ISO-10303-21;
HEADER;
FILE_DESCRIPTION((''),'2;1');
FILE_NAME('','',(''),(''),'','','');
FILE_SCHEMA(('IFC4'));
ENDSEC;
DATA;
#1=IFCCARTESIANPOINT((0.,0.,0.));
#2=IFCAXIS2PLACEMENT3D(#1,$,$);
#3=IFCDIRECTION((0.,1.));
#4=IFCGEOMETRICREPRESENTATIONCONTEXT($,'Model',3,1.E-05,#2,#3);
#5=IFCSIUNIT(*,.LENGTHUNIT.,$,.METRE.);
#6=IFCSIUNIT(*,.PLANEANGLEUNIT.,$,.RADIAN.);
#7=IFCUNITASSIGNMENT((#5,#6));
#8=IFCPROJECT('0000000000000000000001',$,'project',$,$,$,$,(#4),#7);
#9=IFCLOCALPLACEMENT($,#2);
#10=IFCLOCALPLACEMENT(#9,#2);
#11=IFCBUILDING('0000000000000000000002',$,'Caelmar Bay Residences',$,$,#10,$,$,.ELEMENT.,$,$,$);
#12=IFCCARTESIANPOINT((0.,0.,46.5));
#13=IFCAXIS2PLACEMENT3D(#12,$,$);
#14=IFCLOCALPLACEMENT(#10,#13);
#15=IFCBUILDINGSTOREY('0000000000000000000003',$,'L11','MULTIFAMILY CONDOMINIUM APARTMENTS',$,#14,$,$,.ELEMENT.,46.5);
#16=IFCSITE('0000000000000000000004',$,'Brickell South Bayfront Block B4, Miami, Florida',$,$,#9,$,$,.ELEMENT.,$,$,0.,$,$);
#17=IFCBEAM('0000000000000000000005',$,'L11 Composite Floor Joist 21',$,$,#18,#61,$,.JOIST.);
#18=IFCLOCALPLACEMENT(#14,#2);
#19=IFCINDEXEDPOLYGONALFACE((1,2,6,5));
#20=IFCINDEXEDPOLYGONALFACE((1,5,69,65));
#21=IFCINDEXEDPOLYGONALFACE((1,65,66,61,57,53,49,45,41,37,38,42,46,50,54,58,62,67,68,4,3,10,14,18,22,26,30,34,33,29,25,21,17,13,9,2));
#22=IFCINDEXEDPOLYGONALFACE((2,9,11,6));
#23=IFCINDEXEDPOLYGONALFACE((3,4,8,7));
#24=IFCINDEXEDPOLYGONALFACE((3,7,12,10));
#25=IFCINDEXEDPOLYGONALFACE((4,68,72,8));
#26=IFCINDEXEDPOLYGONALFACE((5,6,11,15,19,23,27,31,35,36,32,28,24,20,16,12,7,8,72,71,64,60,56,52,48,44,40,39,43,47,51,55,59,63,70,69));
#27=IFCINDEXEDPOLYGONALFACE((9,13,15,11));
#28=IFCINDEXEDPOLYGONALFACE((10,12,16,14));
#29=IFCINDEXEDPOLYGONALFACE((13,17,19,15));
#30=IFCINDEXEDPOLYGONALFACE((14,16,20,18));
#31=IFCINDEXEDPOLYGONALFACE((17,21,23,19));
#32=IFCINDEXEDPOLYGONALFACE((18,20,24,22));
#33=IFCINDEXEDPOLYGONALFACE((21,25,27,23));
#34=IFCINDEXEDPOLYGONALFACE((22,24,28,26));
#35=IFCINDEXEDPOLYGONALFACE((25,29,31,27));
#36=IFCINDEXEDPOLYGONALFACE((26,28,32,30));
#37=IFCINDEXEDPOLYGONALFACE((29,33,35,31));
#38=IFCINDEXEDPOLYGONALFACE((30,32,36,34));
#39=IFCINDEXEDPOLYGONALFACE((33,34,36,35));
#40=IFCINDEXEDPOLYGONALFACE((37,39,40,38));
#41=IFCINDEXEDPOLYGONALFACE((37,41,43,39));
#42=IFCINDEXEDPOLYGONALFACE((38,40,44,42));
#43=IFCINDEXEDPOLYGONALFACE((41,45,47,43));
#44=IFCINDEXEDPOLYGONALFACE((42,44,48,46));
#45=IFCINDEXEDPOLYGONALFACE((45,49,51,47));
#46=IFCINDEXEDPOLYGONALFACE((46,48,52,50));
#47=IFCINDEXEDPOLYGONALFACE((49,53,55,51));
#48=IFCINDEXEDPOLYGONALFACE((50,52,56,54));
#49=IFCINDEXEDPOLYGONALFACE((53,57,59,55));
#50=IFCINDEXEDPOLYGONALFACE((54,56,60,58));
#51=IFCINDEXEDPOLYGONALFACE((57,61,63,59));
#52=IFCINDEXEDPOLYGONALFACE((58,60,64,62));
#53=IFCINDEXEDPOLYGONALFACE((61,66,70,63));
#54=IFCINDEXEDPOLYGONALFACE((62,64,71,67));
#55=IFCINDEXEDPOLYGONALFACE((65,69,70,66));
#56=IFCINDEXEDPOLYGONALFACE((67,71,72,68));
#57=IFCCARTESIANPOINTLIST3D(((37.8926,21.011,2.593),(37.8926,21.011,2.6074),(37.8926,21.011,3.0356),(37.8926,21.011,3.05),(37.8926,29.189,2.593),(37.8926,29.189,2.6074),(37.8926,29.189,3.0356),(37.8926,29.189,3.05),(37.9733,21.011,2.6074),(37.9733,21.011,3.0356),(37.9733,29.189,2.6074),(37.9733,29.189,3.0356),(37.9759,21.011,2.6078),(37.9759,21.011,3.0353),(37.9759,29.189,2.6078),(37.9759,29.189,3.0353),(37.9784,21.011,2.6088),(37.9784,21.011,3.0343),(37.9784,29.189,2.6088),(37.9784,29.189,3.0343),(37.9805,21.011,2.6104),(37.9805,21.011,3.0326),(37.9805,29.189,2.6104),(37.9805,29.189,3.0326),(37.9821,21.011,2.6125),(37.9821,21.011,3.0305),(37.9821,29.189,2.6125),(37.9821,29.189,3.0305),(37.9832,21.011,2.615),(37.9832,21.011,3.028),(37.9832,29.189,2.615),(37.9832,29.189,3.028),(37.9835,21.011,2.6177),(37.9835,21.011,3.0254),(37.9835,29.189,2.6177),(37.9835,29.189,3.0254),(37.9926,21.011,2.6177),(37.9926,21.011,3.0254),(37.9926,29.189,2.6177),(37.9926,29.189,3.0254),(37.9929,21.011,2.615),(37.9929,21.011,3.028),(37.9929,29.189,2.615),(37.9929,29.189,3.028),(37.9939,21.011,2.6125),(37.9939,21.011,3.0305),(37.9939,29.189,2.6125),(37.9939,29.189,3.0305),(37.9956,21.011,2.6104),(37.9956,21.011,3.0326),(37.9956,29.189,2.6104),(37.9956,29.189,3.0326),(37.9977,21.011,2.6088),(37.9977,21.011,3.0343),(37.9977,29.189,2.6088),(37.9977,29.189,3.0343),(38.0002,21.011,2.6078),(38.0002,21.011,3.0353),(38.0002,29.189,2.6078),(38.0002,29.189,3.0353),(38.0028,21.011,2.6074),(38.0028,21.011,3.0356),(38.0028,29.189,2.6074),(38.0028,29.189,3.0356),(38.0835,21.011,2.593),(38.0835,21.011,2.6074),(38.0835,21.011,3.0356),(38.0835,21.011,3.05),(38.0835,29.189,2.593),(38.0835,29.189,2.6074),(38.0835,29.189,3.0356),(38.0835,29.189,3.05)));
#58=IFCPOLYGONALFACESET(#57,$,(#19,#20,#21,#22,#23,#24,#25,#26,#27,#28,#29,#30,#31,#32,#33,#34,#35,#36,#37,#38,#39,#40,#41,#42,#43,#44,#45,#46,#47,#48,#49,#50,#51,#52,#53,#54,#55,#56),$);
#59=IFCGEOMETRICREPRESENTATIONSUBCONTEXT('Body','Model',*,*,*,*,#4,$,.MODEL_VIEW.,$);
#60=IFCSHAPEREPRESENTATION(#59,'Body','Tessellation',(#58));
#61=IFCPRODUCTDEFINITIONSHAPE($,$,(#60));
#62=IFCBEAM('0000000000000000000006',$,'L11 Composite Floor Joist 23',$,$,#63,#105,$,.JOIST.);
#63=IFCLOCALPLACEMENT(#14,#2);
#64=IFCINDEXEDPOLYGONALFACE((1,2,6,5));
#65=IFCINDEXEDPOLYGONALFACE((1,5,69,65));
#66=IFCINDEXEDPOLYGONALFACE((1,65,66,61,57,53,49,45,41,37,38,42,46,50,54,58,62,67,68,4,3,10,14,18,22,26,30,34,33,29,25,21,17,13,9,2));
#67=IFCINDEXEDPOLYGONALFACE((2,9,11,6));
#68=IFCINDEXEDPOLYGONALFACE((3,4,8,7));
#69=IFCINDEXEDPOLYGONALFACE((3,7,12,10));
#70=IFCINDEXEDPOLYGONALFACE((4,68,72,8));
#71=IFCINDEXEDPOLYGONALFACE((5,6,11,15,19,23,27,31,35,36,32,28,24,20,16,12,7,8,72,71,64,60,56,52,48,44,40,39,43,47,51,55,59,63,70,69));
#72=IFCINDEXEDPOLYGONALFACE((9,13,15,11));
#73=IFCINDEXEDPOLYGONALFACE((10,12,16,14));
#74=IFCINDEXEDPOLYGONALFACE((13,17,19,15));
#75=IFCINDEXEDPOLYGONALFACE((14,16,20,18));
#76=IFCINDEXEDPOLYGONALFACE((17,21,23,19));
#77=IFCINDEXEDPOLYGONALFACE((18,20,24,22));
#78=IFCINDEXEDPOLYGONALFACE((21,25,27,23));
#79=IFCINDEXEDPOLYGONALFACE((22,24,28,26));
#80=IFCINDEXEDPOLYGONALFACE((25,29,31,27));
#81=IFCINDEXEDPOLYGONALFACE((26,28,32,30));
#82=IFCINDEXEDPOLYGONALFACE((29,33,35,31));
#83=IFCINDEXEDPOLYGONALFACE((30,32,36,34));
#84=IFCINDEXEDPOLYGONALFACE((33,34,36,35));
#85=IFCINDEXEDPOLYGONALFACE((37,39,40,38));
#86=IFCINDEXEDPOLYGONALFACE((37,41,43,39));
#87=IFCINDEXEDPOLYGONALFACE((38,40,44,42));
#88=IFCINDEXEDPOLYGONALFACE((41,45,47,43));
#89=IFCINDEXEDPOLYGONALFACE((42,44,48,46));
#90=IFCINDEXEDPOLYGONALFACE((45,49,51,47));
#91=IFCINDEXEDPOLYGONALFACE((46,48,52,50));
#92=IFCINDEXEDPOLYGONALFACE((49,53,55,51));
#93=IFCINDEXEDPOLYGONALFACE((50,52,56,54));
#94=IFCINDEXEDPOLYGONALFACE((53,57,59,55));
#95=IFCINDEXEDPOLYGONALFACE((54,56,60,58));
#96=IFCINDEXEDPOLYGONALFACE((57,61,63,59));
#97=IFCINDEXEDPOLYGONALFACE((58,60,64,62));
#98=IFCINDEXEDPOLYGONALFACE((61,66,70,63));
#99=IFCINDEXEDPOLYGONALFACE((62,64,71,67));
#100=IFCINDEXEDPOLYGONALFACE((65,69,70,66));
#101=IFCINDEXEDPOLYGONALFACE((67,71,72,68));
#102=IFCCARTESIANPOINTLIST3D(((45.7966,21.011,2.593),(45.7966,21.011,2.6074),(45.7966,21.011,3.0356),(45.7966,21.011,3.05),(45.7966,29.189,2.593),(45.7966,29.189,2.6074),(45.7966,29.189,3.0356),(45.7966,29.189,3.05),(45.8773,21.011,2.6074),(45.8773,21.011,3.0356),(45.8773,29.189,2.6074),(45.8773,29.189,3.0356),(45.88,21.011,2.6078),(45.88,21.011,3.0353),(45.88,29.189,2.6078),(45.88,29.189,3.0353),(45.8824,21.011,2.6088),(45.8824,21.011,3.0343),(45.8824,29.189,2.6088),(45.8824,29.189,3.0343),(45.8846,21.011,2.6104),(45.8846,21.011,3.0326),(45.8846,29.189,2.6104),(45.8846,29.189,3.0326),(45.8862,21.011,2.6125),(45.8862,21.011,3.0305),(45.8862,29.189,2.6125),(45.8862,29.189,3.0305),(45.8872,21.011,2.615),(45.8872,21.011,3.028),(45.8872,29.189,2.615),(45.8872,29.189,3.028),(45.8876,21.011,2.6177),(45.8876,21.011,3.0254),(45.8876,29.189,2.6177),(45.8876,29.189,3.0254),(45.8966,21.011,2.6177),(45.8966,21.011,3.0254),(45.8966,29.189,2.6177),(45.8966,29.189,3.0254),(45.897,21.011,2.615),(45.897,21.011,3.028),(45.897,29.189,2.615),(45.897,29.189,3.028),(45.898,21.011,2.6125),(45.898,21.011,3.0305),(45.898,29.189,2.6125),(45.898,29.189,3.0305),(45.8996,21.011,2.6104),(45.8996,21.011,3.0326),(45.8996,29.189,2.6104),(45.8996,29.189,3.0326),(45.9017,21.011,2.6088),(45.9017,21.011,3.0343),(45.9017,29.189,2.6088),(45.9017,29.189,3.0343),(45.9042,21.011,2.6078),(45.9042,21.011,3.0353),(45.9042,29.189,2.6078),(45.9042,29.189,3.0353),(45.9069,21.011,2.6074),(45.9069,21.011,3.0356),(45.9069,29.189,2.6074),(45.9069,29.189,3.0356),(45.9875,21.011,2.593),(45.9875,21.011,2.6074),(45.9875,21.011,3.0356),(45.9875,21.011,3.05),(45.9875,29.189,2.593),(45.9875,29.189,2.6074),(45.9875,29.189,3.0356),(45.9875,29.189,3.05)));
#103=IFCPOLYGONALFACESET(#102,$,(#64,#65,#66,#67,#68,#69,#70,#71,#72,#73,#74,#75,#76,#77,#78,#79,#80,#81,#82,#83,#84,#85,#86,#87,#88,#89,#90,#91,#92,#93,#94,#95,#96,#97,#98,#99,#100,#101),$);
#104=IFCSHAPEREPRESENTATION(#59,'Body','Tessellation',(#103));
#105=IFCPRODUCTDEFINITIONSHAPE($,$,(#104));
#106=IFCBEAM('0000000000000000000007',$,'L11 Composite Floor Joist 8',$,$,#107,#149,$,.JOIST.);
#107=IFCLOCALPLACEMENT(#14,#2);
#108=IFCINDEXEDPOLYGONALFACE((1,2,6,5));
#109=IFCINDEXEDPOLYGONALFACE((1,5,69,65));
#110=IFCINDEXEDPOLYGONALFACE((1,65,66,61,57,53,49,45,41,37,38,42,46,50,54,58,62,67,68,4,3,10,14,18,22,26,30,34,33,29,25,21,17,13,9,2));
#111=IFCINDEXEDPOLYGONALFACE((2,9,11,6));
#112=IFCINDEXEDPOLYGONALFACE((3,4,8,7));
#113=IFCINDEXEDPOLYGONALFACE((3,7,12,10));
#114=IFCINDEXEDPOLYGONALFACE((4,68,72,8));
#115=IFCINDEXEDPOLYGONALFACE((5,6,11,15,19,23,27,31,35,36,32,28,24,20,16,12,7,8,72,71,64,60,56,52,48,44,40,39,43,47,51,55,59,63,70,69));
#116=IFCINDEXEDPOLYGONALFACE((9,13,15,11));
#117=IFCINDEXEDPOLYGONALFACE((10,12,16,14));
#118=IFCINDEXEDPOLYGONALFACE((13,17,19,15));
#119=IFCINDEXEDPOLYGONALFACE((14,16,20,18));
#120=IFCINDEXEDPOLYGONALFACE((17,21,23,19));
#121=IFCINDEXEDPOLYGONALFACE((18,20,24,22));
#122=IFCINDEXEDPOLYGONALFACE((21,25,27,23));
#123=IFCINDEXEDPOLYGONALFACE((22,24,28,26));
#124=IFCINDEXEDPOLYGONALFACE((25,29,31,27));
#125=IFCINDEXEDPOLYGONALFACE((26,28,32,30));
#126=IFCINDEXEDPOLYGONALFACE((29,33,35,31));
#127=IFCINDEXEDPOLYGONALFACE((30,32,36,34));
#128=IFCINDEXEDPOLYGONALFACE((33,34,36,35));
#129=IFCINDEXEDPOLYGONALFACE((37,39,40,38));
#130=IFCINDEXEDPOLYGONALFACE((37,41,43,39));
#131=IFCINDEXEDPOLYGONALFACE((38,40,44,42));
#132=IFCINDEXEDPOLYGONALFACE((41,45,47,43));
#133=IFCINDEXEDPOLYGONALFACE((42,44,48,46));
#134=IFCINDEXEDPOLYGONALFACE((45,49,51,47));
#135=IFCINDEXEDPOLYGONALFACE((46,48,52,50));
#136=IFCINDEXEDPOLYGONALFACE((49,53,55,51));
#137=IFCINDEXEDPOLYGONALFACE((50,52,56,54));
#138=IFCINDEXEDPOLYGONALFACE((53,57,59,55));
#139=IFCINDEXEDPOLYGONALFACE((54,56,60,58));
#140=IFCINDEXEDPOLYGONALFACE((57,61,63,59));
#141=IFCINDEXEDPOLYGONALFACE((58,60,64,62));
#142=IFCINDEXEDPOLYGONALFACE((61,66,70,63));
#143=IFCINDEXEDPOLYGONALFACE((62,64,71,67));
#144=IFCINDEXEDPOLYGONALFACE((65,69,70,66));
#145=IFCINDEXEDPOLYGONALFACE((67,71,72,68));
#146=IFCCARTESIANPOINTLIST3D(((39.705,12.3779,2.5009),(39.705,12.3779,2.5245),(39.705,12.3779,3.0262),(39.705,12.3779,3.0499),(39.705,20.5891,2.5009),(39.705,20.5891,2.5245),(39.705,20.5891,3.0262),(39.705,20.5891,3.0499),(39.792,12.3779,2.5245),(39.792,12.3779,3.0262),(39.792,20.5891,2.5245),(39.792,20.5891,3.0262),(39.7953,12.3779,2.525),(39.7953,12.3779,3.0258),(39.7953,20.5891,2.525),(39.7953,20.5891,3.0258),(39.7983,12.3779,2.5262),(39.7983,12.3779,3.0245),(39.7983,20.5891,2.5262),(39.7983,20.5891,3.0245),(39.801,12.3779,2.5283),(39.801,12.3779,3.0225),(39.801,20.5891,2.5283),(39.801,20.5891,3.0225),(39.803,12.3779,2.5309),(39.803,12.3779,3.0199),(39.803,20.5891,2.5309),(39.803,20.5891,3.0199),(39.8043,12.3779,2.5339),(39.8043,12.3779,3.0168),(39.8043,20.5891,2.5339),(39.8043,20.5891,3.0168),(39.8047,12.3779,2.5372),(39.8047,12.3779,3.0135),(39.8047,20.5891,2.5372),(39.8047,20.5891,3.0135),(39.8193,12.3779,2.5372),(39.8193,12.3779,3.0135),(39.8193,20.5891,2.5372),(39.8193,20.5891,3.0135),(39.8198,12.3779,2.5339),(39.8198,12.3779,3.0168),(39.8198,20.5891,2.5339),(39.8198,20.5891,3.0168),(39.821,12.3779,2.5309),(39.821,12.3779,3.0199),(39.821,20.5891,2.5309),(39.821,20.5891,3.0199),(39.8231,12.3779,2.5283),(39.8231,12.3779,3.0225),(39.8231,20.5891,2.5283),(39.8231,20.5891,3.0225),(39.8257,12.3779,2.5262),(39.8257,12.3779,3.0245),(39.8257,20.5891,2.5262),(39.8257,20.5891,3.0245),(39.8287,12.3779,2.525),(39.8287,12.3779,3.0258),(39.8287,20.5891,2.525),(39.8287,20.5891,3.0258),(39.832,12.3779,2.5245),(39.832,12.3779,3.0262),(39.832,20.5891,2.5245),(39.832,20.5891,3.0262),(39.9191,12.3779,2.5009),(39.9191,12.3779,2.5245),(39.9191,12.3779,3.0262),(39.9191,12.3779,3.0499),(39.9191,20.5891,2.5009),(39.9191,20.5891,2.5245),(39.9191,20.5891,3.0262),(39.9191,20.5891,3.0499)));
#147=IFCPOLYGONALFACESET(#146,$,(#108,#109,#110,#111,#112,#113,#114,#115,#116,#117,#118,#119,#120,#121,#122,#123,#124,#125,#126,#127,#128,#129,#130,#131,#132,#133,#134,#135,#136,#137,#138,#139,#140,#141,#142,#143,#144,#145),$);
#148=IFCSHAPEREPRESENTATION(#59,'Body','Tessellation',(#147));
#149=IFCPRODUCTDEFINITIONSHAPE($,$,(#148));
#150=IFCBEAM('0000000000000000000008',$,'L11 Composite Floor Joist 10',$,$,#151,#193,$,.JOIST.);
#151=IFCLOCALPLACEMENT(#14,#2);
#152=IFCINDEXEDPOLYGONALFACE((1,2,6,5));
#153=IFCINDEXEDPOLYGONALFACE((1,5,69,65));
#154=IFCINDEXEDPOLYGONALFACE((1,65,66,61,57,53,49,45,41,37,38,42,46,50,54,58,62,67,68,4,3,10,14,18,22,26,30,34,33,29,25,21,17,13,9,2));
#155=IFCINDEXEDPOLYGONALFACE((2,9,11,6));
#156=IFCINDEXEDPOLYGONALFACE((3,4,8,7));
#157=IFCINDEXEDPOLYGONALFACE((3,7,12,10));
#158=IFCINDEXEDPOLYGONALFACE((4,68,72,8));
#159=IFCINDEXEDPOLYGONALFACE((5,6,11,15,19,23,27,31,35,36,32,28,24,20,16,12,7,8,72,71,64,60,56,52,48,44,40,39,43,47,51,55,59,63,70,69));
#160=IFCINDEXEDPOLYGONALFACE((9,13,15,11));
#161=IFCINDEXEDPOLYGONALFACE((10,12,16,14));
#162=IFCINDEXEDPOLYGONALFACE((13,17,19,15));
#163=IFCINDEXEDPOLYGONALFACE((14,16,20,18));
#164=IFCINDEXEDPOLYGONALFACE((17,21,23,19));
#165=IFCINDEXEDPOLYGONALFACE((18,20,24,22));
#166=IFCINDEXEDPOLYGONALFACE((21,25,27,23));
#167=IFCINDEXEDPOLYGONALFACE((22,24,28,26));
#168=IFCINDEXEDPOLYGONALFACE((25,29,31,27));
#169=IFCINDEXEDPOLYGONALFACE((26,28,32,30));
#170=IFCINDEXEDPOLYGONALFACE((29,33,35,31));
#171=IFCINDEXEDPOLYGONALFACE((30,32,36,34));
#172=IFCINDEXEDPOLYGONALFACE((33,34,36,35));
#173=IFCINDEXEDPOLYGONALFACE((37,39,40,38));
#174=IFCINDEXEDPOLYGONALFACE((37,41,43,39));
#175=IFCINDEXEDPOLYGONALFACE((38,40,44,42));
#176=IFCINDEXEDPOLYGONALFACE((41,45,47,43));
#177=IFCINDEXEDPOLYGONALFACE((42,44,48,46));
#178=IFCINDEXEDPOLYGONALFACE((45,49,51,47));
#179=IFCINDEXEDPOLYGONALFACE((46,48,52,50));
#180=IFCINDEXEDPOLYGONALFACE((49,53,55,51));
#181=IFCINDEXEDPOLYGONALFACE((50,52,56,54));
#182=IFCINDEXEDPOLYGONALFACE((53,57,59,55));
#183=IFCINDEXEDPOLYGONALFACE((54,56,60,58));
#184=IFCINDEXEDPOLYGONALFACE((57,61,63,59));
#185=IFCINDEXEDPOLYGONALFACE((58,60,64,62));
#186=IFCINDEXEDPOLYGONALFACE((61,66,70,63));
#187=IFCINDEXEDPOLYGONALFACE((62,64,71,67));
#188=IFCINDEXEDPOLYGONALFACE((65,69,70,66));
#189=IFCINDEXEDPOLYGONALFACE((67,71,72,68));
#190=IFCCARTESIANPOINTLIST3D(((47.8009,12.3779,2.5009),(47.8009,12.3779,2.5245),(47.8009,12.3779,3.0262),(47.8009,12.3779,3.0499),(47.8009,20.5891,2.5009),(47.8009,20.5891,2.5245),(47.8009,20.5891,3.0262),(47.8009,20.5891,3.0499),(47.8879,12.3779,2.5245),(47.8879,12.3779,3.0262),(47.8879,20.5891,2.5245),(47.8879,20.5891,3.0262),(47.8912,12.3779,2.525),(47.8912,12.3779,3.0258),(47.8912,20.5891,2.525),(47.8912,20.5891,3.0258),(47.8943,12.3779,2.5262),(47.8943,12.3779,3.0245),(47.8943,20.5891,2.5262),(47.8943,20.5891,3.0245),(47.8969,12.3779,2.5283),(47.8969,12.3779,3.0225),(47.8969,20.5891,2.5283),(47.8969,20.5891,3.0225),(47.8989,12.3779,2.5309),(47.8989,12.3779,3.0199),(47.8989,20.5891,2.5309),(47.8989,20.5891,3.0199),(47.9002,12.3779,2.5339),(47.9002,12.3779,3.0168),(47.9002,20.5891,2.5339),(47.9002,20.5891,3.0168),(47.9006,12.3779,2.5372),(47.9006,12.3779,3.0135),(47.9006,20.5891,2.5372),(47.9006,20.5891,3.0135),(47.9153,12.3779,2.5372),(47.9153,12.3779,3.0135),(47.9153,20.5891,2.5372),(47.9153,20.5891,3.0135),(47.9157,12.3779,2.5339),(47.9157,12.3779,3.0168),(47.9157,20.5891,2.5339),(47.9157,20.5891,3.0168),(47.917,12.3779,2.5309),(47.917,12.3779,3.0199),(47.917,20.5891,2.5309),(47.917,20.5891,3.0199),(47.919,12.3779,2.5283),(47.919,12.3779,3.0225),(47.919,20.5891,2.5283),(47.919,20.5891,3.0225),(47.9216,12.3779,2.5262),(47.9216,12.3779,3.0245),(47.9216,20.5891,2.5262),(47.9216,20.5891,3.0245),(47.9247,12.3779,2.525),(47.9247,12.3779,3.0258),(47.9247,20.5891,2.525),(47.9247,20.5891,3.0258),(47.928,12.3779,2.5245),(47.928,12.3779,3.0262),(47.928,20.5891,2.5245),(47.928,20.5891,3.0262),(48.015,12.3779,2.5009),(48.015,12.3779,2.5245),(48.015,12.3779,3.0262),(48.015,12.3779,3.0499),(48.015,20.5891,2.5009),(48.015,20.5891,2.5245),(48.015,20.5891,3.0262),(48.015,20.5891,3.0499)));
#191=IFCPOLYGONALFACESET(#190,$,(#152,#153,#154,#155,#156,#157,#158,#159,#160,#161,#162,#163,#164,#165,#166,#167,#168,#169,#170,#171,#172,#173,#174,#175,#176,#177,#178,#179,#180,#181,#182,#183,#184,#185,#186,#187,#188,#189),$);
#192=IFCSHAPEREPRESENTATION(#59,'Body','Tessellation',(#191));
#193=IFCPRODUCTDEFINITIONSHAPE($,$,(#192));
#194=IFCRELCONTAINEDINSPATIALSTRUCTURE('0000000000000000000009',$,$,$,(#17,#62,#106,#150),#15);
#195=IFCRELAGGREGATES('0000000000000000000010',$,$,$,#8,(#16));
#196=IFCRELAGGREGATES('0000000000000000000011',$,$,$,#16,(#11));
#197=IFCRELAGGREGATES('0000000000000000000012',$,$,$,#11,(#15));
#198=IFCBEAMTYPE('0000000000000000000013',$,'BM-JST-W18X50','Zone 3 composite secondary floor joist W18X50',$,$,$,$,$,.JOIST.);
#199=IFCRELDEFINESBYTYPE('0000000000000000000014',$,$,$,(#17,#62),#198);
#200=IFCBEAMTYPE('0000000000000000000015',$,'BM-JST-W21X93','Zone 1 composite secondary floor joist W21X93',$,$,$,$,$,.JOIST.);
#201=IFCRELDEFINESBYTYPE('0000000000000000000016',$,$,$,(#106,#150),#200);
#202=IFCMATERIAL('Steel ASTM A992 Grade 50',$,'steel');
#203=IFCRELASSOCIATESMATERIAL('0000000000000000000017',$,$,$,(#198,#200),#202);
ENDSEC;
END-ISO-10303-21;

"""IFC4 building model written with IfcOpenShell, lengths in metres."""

from ifc_helpers import new_model, si_unit, direction, frame, origin, origin_2d, place, context, subcontext, project, spatial, i_section, extrude, material, material_profile, profile_set, type_object, element, save


model = new_model("IFC4")

# Units and contexts
model_context = context("Model", 3, precision=1e-05, world=origin(), true_north=direction((0.0, 1.0)))
body_context = subcontext(model_context, "Body", "Model", "MODEL_VIEW")
ifc_project = project(units=[si_unit("LENGTHUNIT", "METRE"), si_unit("PLANEANGLEUNIT", "RADIAN")], contexts=[model_context])

# Site, building, storey
site_placement = place(None, origin())
site = spatial("IfcSite", under=ifc_project, at=site_placement, Name="Brickell South Bayfront Block B4, Miami, Florida", CompositionType="ELEMENT", RefElevation=0.0)
building_placement = place(site_placement, origin())
building = spatial("IfcBuilding", under=site, at=building_placement, Name="Caelmar Bay Residences", CompositionType="ELEMENT")
storey_placement = place(building_placement, frame((0.0, 0.0, 46.5)))
storey = spatial("IfcBuildingStorey", under=building, at=storey_placement, Name="L11", Description="MULTIFAMILY CONDOMINIUM APARTMENTS", CompositionType="ELEMENT", Elevation=46.5)

# Beams
ifc_material_1 = material(Name="Steel ASTM A992 Grade 50", Category="steel")
ifc_material_profile_1 = material_profile(ifc_material_1, i_section(OverallWidth=0.1909, OverallDepth=0.457, WebThickness=0.009, FlangeThickness=0.0144, FilletRadius=0.0103, at=origin_2d()), Name="W18X50")
ifc_profile_set_1 = profile_set([ifc_material_profile_1], Name="Steel ASTM A992 Grade 50")
beam_type_1 = type_object("IfcBeamType", Name="BM-JST-W18X50", Description="Zone 3 composite secondary floor joist W18X50", PredefinedType="JOIST", material=ifc_profile_set_1)
for number, where, z_axis, x_axis, name in (
    (1, (37.988, 21.011, 2.8215), (0.0, 1.0, 0.0), (-1.0, 0.0, 0.0), "L11 Composite Floor Joist 21"),
    (2, (45.8921, 21.011, 2.8215), (0.0, 1.0, 0.0), (-1.0, 0.0, 0.0), "L11 Composite Floor Joist 23"),
):
    element("IfcBeam", number, at=place(storey_placement, frame(where, z_axis=z_axis, x_axis=x_axis)), inside=storey, type_object=beam_type_1, Name=name, PredefinedType="JOIST", context=body_context, shape_type="SweptSolid", body=[
        extrude(i_section(OverallWidth=0.1909, OverallDepth=0.457, WebThickness=0.009, FlangeThickness=0.0144, FilletRadius=0.0103, at=origin_2d()), origin(), (0.0, 0.0, 1.0), 8.178),
    ])
ifc_material_profile_2 = material_profile(ifc_material_1, i_section(OverallWidth=0.2141, OverallDepth=0.5491, WebThickness=0.0146, FlangeThickness=0.0237, FilletRadius=0.0127, at=origin_2d()), Name="W21X93")
ifc_profile_set_2 = profile_set([ifc_material_profile_2], Name="Steel ASTM A992 Grade 50")
beam_type_2 = type_object("IfcBeamType", Name="BM-JST-W21X93", Description="Zone 1 composite secondary floor joist W21X93", PredefinedType="JOIST", material=ifc_profile_set_2)
for number, where, z_axis, x_axis, name in (
    (3, (39.812, 12.3779, 2.7754), (0.0, 1.0, 0.0), (-1.0, 0.0, 0.0), "L11 Composite Floor Joist 8"),
    (4, (47.908, 12.3779, 2.7754), (0.0, 1.0, 0.0), (-1.0, 0.0, 0.0), "L11 Composite Floor Joist 10"),
):
    element("IfcBeam", number, at=place(storey_placement, frame(where, z_axis=z_axis, x_axis=x_axis)), inside=storey, type_object=beam_type_2, Name=name, PredefinedType="JOIST", context=body_context, shape_type="SweptSolid", body=[
        extrude(i_section(OverallWidth=0.2141, OverallDepth=0.5491, WebThickness=0.0146, FlangeThickness=0.0237, FilletRadius=0.0127, at=origin_2d()), origin(), (0.0, 0.0, 1.0), 8.2112),
    ])

save(model, "model.ifc")
